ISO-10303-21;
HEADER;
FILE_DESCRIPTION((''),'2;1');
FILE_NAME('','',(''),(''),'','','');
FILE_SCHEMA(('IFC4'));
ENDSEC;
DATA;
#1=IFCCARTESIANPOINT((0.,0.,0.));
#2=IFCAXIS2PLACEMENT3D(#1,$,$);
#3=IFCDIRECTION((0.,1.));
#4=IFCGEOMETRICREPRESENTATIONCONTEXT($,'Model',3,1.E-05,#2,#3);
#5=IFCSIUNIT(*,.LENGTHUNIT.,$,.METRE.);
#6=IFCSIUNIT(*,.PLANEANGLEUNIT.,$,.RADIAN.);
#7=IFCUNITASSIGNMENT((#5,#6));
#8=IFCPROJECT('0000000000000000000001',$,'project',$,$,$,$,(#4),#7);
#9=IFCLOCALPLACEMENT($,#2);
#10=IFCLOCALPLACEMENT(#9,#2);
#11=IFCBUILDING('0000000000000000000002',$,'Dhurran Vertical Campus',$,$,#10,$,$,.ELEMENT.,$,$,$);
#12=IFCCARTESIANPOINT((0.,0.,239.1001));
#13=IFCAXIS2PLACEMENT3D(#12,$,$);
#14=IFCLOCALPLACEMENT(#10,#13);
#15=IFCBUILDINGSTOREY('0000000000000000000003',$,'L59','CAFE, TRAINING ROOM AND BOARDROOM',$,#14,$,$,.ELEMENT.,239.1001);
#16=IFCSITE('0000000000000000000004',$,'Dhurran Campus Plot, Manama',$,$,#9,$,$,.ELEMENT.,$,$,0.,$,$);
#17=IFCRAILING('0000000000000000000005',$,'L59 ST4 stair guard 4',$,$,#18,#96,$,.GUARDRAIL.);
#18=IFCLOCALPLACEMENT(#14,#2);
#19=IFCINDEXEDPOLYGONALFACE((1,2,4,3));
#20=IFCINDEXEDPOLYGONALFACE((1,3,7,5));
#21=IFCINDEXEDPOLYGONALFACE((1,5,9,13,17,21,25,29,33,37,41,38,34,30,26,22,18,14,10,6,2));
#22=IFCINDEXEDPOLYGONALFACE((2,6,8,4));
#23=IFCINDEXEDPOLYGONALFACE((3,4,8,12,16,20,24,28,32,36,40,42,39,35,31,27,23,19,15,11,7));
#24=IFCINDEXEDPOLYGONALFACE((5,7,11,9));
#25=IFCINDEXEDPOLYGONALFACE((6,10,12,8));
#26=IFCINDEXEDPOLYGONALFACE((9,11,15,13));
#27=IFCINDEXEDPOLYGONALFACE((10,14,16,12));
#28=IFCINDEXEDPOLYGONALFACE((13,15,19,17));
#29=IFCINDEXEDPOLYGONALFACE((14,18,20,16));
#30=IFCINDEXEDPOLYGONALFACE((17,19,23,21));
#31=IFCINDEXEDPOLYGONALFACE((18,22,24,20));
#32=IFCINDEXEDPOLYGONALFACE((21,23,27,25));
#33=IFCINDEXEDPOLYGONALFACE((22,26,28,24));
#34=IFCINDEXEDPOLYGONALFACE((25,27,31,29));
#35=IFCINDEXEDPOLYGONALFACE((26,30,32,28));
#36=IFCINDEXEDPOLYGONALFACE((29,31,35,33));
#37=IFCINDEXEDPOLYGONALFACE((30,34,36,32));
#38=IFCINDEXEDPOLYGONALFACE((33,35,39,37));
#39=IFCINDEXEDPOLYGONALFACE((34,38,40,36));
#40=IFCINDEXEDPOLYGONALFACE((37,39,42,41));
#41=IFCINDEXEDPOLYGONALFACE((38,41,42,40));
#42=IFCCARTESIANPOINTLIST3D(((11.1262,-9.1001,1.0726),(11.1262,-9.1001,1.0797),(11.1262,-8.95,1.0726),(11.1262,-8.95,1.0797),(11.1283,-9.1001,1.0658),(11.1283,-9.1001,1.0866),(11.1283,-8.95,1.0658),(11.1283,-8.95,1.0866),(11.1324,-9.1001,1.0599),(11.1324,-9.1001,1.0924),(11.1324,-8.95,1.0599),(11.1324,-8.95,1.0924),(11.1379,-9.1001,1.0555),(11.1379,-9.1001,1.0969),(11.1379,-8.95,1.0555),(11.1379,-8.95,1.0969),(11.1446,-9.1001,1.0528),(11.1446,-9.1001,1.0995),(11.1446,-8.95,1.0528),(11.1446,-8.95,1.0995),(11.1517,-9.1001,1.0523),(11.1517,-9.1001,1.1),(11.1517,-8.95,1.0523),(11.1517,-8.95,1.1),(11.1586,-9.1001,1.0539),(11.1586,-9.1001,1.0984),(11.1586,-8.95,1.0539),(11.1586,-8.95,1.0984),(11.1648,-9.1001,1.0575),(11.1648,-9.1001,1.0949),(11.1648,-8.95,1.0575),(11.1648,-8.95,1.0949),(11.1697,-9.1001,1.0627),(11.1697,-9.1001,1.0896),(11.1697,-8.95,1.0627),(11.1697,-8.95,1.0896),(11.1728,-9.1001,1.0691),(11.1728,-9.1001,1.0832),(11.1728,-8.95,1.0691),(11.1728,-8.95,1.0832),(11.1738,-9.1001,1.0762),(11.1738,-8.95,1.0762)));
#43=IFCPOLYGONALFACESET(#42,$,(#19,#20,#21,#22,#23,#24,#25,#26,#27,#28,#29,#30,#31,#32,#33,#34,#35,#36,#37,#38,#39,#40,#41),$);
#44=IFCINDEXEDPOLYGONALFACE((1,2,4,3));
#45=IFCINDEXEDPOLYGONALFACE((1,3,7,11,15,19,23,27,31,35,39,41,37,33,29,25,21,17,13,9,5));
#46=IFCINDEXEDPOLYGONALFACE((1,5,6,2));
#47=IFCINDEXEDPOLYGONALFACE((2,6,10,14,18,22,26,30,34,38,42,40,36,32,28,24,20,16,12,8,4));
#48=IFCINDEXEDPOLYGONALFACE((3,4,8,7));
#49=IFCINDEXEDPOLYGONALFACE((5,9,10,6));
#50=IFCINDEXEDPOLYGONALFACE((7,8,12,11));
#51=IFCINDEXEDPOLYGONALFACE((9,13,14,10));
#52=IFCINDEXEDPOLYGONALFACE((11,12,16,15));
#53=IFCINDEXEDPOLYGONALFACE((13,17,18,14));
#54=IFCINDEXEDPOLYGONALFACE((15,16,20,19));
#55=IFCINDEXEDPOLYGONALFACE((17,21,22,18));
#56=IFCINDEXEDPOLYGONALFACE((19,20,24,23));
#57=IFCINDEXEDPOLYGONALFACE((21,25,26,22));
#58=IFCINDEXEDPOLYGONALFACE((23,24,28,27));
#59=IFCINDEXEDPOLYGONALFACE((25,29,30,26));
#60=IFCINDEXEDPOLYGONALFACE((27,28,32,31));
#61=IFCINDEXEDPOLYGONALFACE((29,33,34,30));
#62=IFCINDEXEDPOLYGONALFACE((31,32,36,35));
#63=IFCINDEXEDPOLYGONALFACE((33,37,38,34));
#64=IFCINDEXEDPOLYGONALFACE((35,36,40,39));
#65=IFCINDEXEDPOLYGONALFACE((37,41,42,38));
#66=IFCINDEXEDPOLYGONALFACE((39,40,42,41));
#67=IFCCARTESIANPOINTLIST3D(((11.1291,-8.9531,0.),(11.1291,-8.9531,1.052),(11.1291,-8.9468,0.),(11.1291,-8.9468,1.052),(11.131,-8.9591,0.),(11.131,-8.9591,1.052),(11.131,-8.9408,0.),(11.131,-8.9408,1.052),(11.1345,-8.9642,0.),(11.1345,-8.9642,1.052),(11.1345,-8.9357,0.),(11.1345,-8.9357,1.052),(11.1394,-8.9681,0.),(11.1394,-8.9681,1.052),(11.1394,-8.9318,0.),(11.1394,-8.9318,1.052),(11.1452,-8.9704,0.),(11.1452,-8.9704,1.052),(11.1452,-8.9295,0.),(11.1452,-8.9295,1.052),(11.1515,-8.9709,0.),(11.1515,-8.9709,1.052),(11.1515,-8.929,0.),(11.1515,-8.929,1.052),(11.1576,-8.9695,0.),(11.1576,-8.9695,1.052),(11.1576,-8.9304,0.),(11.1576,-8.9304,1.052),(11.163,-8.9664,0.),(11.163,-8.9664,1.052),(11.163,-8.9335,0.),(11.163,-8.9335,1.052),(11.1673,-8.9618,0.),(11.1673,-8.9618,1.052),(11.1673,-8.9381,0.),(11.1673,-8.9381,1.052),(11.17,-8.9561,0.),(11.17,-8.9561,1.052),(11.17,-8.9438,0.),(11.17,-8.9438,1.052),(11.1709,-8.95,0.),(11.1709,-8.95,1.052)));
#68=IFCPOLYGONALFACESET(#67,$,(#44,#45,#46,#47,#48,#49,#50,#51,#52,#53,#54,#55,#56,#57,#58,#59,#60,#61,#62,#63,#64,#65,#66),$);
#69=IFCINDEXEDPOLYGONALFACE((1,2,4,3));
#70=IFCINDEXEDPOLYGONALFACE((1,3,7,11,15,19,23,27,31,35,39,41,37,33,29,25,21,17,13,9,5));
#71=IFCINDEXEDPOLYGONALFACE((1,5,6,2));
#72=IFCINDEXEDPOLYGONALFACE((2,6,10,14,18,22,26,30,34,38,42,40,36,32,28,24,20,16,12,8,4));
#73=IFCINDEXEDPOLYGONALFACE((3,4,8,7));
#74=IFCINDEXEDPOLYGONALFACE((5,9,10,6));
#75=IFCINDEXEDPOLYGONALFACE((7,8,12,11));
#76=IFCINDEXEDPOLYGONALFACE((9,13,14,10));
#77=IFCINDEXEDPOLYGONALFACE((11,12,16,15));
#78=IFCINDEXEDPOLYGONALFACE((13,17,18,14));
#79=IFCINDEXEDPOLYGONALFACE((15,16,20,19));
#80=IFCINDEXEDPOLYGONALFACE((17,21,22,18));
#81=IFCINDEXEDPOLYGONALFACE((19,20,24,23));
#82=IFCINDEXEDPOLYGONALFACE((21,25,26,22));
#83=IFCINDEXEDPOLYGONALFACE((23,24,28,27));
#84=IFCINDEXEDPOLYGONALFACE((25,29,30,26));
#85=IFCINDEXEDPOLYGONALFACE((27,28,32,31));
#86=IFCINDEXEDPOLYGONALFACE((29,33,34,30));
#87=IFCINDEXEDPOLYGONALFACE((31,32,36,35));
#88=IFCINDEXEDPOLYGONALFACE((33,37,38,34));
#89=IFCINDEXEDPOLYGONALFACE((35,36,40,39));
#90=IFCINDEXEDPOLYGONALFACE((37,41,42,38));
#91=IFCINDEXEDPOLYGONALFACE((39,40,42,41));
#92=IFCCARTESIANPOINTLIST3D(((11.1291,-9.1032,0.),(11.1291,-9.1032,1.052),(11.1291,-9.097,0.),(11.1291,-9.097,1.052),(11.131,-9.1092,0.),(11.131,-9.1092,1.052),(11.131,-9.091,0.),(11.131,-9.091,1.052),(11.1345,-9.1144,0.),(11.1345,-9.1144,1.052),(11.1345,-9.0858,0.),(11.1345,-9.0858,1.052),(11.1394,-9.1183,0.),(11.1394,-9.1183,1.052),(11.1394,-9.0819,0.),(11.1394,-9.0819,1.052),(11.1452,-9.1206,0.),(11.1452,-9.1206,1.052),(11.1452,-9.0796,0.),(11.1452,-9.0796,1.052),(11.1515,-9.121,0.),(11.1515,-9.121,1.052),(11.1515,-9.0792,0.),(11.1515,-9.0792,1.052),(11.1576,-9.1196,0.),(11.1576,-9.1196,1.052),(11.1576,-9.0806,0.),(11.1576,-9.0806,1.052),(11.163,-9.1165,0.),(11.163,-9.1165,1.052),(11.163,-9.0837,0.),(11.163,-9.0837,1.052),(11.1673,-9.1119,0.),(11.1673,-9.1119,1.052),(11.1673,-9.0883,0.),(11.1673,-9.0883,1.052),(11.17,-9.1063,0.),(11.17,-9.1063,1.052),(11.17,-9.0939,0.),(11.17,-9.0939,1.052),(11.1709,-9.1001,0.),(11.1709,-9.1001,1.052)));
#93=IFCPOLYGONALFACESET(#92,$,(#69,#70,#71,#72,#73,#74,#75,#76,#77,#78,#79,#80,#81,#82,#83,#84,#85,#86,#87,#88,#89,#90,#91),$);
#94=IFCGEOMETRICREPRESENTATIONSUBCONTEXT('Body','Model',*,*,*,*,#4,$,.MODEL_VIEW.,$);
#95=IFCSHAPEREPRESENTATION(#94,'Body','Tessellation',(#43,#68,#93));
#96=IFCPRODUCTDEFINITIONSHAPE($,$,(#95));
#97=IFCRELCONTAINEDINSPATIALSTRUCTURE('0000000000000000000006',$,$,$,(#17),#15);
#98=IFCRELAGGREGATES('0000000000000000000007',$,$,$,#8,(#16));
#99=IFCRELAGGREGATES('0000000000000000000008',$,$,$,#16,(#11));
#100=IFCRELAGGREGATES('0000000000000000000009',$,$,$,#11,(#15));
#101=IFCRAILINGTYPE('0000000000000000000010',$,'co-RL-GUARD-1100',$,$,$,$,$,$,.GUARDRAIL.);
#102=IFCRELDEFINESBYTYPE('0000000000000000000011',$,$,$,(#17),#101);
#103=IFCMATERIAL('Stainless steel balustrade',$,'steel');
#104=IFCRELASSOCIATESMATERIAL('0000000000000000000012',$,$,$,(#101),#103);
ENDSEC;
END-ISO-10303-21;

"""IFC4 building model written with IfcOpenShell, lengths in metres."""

from ifc_helpers import new_model, si_unit, direction, frame, origin, origin_2d, place, context, subcontext, project, spatial, circle, extrude, material, type_object, element, save


model = new_model("IFC4")

# Units and contexts
model_context = context("Model", 3, precision=1e-05, world=origin(), true_north=direction((0.0, 1.0)))
body_context = subcontext(model_context, "Body", "Model", "MODEL_VIEW")
ifc_project = project(units=[si_unit("LENGTHUNIT", "METRE"), si_unit("PLANEANGLEUNIT", "RADIAN")], contexts=[model_context])

# Site, building, storey
site_placement = place(None, origin())
site = spatial("IfcSite", under=ifc_project, at=site_placement, Name="Dhurran Campus Plot, Manama", CompositionType="ELEMENT", RefElevation=0.0)
building_placement = place(site_placement, origin())
building = spatial("IfcBuilding", under=site, at=building_placement, Name="Dhurran Vertical Campus", CompositionType="ELEMENT")
storey_placement = place(building_placement, frame((0.0, 0.0, 239.1001)))
storey = spatial("IfcBuildingStorey", under=building, at=storey_placement, Name="L59", Description="CAFE, TRAINING ROOM AND BOARDROOM", CompositionType="ELEMENT", Elevation=239.1001)

# Railing
ifc_material_1 = material(Name="Stainless steel balustrade", Category="steel")
railing_type_1 = type_object("IfcRailingType", Name="co-RL-GUARD-1100", PredefinedType="GUARDRAIL", material=ifc_material_1)
railing_1_placement = place(storey_placement, frame((11.1499, -8.95, 0.0)))
element("IfcRailing", 1, at=railing_1_placement, inside=storey, type_object=railing_type_1, Name="L59 ST4 stair guard 4", PredefinedType="GUARDRAIL", context=body_context, shape_type="SweptSolid", body=[
    extrude(circle(Radius=0.0239, at=origin_2d()), frame((0.0, 0.0, 1.0762), z_axis=(0.0, -1.0, 0.0), x_axis=(1.0, 0.0, 0.0)), (0.0, 0.0, 1.0), 0.1501),
    extrude(circle(Radius=0.021, at=origin_2d()), origin(), (0.0, 0.0, 1.0), 1.052),
    extrude(circle(Radius=0.021, at=origin_2d()), frame((0.0, -0.1501, 0.0)), (0.0, 0.0, 1.0), 1.052),
])

save(model, "model.ifc")
